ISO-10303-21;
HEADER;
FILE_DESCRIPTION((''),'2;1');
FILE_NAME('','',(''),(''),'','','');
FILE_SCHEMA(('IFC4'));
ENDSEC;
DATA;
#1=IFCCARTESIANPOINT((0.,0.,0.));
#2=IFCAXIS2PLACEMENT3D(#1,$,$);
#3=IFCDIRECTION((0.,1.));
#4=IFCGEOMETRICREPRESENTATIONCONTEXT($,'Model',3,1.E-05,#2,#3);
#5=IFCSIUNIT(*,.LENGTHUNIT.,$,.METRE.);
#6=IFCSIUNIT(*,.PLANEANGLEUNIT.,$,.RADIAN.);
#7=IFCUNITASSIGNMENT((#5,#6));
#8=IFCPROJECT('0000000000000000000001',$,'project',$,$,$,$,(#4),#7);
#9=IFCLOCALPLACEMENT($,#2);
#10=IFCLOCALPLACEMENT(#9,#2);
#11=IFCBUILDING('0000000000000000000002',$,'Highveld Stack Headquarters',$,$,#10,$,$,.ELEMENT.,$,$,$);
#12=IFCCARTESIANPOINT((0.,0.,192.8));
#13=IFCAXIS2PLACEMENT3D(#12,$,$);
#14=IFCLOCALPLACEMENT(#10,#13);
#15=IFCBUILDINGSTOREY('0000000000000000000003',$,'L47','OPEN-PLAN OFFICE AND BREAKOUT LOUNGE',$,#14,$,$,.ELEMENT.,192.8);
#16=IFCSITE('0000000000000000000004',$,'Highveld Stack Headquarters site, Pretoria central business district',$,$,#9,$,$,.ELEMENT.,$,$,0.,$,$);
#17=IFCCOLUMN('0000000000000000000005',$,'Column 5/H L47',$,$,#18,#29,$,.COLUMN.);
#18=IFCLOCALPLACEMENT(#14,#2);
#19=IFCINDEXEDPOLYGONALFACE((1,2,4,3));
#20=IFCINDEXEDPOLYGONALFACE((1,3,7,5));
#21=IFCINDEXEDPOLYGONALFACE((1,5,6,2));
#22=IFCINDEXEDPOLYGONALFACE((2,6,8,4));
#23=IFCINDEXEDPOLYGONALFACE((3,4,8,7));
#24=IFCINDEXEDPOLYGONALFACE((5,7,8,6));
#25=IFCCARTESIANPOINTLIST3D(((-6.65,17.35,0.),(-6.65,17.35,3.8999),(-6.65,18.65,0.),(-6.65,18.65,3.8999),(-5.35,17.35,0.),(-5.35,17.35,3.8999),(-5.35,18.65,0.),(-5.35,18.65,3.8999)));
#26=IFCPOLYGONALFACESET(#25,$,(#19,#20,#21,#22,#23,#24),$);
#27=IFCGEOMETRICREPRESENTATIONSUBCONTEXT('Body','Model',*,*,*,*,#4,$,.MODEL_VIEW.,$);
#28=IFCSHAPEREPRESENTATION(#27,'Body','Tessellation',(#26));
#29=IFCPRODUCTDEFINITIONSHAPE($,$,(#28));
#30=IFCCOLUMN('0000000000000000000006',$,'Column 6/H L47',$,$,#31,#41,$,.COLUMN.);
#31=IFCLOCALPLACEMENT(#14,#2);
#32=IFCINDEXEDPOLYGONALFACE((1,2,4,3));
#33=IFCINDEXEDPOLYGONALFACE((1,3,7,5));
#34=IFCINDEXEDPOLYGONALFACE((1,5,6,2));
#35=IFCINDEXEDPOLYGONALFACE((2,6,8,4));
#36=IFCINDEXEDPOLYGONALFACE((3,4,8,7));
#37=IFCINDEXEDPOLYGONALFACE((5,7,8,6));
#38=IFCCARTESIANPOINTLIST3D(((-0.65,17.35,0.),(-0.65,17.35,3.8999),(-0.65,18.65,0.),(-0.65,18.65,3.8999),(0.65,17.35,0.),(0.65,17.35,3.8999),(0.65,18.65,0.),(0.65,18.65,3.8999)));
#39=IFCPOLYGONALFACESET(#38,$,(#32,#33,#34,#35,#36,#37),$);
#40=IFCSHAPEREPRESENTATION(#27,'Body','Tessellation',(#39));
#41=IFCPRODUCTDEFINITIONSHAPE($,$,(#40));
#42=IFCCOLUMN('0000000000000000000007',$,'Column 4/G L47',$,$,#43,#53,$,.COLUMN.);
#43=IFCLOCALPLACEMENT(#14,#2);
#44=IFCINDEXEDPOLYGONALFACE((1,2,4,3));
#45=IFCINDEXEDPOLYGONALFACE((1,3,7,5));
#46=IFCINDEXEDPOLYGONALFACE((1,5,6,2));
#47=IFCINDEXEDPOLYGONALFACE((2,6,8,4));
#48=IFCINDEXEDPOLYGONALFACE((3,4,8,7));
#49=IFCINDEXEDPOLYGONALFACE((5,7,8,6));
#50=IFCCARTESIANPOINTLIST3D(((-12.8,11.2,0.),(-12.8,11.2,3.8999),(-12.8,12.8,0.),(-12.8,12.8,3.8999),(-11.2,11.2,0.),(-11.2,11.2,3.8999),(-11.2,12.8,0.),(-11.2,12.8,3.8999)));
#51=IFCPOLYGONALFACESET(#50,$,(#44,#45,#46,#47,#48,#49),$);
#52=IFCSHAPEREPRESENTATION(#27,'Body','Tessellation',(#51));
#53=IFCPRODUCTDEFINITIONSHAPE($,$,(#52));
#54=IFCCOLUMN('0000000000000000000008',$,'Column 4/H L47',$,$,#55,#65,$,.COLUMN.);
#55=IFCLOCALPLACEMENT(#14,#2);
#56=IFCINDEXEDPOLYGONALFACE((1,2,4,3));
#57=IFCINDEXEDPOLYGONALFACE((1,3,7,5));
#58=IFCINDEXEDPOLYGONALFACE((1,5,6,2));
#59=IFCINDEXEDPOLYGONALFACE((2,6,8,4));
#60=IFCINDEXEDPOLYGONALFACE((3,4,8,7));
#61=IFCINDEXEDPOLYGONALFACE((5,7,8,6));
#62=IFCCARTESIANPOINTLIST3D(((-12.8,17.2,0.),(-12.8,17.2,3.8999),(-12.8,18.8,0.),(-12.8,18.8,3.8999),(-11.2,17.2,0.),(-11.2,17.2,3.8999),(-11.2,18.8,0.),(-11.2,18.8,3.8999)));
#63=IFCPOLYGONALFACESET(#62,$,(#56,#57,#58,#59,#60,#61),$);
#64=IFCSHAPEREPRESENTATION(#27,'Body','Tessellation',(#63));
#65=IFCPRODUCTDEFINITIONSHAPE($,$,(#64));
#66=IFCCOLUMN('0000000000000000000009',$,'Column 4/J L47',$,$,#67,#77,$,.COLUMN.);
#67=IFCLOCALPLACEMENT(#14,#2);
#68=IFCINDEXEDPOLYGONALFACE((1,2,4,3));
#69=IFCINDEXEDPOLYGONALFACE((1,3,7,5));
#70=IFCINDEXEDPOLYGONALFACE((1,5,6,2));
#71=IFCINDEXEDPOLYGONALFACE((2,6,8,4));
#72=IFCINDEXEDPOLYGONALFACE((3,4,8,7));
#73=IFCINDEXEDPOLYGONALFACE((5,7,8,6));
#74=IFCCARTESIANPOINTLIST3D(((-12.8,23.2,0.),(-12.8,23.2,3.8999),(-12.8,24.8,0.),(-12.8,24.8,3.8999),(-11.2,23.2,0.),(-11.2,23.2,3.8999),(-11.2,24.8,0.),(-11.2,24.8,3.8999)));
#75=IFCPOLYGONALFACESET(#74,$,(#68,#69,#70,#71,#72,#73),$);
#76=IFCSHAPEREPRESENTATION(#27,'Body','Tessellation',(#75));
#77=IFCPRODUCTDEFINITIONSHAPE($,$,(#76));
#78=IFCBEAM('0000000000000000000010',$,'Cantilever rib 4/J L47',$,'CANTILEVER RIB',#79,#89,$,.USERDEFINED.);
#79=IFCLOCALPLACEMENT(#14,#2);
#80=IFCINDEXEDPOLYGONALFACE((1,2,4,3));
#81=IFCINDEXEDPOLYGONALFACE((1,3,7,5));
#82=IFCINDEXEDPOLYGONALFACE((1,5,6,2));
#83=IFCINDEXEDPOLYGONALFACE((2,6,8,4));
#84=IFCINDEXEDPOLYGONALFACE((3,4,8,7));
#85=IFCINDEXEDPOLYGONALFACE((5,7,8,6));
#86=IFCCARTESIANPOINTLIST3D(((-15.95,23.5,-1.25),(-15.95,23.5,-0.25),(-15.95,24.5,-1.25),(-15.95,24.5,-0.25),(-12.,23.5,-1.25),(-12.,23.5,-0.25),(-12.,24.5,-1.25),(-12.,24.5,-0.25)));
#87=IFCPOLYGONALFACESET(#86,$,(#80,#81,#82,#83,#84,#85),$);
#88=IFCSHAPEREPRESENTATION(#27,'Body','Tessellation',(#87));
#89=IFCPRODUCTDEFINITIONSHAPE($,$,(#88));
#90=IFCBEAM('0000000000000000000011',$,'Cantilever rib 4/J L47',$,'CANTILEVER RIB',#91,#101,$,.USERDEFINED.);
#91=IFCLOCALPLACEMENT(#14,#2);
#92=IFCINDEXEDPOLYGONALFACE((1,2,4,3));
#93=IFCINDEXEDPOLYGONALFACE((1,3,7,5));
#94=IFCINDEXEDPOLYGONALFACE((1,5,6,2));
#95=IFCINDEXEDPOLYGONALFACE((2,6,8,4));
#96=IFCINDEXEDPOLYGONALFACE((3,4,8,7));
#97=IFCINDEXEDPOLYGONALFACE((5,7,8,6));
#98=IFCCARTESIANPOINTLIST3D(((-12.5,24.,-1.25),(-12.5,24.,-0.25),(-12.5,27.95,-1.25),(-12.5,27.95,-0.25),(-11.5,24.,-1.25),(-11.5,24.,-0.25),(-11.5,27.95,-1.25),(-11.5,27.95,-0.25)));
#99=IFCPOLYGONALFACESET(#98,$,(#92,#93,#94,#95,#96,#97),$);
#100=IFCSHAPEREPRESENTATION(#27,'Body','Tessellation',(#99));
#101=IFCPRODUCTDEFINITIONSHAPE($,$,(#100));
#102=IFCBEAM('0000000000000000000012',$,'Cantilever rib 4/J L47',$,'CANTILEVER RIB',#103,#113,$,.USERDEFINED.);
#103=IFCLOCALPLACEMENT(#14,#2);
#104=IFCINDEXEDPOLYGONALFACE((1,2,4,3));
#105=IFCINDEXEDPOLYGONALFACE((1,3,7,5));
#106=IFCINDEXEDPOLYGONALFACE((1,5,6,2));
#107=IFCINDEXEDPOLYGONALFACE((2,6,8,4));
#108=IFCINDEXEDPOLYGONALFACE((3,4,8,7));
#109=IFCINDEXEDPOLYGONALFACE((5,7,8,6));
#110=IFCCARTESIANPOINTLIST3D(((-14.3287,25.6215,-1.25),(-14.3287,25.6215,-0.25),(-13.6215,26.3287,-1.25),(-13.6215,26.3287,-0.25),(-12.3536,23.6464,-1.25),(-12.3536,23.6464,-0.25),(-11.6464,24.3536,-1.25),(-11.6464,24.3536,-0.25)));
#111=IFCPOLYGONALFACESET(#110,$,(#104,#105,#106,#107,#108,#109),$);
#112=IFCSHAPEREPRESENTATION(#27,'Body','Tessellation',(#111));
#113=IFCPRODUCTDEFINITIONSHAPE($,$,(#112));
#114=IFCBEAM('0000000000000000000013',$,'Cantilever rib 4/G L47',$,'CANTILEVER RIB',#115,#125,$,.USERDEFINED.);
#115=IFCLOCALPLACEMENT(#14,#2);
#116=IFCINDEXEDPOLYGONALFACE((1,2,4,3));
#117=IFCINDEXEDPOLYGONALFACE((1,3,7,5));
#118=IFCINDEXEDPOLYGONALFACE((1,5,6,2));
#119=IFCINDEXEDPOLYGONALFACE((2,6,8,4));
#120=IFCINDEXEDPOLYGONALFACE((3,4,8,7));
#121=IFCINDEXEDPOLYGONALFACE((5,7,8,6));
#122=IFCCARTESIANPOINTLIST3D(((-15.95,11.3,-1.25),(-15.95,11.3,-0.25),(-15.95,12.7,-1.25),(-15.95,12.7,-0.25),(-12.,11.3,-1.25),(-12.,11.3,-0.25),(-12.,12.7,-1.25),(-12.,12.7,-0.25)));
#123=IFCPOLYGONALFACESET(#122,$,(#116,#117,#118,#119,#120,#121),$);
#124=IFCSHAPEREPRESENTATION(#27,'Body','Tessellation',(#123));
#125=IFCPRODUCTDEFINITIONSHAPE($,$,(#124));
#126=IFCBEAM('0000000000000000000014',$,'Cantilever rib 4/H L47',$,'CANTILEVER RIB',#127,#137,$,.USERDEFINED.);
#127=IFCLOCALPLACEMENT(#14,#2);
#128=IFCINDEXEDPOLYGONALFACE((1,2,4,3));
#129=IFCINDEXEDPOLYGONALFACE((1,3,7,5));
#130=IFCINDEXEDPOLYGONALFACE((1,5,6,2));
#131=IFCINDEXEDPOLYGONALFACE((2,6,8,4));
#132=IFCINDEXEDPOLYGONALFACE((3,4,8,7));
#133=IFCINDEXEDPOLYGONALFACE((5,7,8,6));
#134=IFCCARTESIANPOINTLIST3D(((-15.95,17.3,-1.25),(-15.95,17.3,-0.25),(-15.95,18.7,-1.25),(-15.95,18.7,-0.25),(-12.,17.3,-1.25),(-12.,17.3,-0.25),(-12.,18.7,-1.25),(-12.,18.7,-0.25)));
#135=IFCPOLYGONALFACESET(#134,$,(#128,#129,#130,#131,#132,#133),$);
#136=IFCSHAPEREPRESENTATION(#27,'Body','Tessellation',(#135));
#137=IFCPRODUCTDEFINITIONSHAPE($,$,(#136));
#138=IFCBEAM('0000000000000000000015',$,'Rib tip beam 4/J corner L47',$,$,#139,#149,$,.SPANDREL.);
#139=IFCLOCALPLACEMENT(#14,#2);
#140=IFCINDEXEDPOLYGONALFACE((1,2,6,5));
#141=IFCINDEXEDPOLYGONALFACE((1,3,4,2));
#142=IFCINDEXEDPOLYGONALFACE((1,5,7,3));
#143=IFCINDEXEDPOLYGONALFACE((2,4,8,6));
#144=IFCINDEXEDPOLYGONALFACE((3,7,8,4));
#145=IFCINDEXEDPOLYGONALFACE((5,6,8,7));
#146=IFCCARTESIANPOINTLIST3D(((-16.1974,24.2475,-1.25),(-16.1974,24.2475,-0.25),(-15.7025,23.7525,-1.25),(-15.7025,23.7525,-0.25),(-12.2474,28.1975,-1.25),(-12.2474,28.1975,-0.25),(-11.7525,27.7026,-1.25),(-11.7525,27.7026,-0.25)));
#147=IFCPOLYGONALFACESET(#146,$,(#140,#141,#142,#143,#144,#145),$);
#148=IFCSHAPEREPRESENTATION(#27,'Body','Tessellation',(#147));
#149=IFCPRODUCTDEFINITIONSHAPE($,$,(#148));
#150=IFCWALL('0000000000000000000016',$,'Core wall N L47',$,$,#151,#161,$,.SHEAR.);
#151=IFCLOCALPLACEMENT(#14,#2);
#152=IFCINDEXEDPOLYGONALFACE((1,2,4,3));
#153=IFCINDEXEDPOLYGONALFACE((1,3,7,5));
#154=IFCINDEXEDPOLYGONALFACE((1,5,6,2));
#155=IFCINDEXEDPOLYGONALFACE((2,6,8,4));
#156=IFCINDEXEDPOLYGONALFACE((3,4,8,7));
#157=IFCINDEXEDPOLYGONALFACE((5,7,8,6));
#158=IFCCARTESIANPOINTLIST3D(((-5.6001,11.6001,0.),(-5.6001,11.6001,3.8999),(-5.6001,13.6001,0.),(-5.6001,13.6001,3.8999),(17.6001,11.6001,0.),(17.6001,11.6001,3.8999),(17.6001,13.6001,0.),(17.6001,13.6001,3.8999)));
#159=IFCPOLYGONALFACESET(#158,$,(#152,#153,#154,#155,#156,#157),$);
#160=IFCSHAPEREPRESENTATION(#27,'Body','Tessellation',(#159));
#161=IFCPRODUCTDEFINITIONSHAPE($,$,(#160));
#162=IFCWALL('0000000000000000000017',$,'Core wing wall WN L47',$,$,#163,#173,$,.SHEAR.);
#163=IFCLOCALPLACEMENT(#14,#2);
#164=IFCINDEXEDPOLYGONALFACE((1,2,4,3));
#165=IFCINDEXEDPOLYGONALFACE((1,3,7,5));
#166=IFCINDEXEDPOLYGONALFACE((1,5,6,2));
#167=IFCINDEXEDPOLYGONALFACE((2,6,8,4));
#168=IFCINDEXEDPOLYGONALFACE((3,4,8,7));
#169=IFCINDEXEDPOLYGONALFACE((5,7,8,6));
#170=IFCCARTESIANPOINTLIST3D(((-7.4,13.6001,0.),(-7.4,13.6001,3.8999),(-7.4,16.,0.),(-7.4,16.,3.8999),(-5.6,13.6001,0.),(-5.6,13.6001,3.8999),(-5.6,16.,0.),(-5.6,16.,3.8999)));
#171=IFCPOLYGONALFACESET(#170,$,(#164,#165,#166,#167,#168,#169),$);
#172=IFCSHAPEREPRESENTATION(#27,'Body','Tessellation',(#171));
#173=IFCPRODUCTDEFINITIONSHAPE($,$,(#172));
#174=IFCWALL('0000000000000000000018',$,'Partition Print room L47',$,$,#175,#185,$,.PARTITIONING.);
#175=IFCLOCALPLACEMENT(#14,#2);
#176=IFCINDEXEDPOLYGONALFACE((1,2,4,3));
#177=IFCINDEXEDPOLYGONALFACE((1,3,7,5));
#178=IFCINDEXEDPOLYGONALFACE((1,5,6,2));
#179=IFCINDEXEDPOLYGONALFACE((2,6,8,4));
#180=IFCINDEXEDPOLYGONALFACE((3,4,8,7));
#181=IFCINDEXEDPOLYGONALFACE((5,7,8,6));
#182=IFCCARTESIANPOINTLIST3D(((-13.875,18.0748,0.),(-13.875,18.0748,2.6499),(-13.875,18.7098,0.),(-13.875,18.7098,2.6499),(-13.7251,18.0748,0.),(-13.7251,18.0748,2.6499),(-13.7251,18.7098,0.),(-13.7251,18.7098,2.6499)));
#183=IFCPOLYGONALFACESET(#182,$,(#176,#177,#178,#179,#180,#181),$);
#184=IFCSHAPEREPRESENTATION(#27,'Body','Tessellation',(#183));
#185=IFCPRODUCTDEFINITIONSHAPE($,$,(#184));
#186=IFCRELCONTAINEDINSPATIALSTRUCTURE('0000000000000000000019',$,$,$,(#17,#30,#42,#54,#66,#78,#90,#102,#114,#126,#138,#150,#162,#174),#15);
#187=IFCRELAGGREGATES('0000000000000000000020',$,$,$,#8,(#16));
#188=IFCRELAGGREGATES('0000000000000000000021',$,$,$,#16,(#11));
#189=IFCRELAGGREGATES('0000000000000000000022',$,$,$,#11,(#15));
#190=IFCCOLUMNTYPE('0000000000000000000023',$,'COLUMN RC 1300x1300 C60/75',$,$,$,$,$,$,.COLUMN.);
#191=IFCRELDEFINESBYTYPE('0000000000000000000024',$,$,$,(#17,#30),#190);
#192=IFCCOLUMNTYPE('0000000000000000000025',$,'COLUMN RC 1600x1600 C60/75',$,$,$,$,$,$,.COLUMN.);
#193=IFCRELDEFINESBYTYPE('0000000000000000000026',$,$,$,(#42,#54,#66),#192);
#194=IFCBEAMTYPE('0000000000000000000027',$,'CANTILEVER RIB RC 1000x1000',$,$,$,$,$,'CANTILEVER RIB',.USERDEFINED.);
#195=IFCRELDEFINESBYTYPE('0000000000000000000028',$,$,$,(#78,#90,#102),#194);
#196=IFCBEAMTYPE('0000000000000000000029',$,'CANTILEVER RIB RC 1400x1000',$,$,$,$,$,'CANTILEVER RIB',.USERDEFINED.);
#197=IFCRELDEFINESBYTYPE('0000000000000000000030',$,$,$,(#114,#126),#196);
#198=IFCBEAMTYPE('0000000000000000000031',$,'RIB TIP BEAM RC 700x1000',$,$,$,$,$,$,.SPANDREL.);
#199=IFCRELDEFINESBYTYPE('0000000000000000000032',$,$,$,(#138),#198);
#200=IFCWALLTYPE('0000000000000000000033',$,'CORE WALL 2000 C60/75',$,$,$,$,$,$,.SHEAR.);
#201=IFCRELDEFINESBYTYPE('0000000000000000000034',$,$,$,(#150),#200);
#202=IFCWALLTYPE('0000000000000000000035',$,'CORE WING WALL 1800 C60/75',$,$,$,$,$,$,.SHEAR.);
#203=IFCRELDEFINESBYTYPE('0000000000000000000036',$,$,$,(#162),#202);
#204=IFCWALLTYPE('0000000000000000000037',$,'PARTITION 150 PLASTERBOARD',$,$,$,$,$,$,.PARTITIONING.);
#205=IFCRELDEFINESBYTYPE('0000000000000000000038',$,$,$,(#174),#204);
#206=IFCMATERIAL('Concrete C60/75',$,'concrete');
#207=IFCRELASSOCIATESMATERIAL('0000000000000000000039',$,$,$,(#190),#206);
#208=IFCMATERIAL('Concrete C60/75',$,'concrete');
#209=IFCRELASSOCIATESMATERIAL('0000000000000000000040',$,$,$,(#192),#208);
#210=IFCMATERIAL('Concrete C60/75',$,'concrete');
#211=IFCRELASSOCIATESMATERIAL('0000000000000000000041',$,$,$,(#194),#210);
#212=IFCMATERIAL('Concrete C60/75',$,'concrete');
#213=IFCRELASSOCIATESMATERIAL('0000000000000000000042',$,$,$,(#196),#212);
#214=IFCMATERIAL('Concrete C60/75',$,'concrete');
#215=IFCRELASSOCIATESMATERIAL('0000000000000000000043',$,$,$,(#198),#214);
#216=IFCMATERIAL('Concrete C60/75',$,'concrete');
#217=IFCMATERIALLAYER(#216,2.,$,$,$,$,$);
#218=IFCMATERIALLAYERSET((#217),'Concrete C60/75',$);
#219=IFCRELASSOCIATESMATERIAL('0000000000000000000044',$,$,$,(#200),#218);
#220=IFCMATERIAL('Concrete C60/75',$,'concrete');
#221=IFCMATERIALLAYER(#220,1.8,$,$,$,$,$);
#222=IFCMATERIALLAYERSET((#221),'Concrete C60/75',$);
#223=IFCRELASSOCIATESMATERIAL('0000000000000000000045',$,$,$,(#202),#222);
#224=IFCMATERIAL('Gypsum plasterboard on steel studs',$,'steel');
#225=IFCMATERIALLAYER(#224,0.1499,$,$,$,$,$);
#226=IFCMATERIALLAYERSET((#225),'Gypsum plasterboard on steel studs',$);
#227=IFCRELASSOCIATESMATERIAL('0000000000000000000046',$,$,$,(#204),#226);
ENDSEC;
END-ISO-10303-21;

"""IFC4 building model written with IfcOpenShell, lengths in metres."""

from ifc_helpers import new_model, si_unit, direction, frame, frame_2d, origin, origin_2d, place, context, subcontext, project, spatial, rectangle, extrude, material, layer, layer_set, material_profile, profile_set, type_object, element, save


model = new_model("IFC4")

# Units and contexts
model_context = context("Model", 3, precision=1e-05, world=origin(), true_north=direction((0.0, 1.0)))
body_context = subcontext(model_context, "Body", "Model", "MODEL_VIEW")
ifc_project = project(units=[si_unit("LENGTHUNIT", "METRE"), si_unit("PLANEANGLEUNIT", "RADIAN")], contexts=[model_context])

# Site, building, storey
site_placement = place(None, origin())
site = spatial("IfcSite", under=ifc_project, at=site_placement, Name="Highveld Stack Headquarters site, Pretoria central business district", CompositionType="ELEMENT", RefElevation=0.0)
building_placement = place(site_placement, origin())
building = spatial("IfcBuilding", under=site, at=building_placement, Name="Highveld Stack Headquarters", CompositionType="ELEMENT")
storey_placement = place(building_placement, frame((0.0, 0.0, 192.8)))
storey = spatial("IfcBuildingStorey", under=building, at=storey_placement, Name="L47", Description="OPEN-PLAN OFFICE AND BREAKOUT LOUNGE", CompositionType="ELEMENT", Elevation=192.8)

# Columns
ifc_material_1 = material(Name="Concrete C60/75", Category="concrete")
ifc_material_profile_1 = material_profile(ifc_material_1, rectangle(XDim=1.3, YDim=1.3, at=origin_2d()), Name="RC 1300x1300")
ifc_profile_set_1 = profile_set([ifc_material_profile_1], Name="Concrete C60/75")
column_type_1 = type_object("IfcColumnType", Name="COLUMN RC 1300x1300 C60/75", PredefinedType="COLUMN", material=ifc_profile_set_1)
for number, where, z_axis, x_axis, name in (
    (1, (-6.0, 18.0, 0.0), (0.0, 0.0, 1.0), (1.0, 0.0, 0.0), "Column 5/H L47"),
    (2, (0.0, 18.0, 0.0), (0.0, 0.0, 1.0), (1.0, 0.0, 0.0), "Column 6/H L47"),
):
    element("IfcColumn", number, at=place(storey_placement, frame(where, z_axis=z_axis, x_axis=x_axis)), inside=storey, type_object=column_type_1, Name=name, PredefinedType="COLUMN", context=body_context, shape_type="SweptSolid", body=[
        extrude(rectangle(XDim=1.3, YDim=1.3, at=origin_2d()), origin(), (0.0, 0.0, 1.0), 3.8999),
    ])
ifc_material_2 = material(Name="Concrete C60/75", Category="concrete")
ifc_material_profile_2 = material_profile(ifc_material_2, rectangle(XDim=1.6001, YDim=1.6001, at=origin_2d()), Name="RC 1600x1600")
ifc_profile_set_2 = profile_set([ifc_material_profile_2], Name="Concrete C60/75")
column_type_2 = type_object("IfcColumnType", Name="COLUMN RC 1600x1600 C60/75", PredefinedType="COLUMN", material=ifc_profile_set_2)
for number, where, z_axis, x_axis, name in (
    (3, (-12.0, 12.0, 0.0), (0.0, 0.0, 1.0), (1.0, 0.0, 0.0), "Column 4/G L47"),
    (4, (-12.0, 18.0, 0.0), (0.0, 0.0, 1.0), (1.0, 0.0, 0.0), "Column 4/H L47"),
    (5, (-12.0, 24.0, 0.0), (0.0, 0.0, 1.0), (1.0, 0.0, 0.0), "Column 4/J L47"),
):
    element("IfcColumn", number, at=place(storey_placement, frame(where, z_axis=z_axis, x_axis=x_axis)), inside=storey, type_object=column_type_2, Name=name, PredefinedType="COLUMN", context=body_context, shape_type="SweptSolid", body=[
        extrude(rectangle(XDim=1.6001, YDim=1.6001, at=origin_2d()), origin(), (0.0, 0.0, 1.0), 3.8999),
    ])

# Beams
ifc_material_3 = material(Name="Concrete C60/75", Category="concrete")
ifc_material_profile_3 = material_profile(ifc_material_3, rectangle(XDim=1.0, YDim=1.0, at=origin_2d()), Name="RC 1000x1000")
ifc_profile_set_3 = profile_set([ifc_material_profile_3], Name="Concrete C60/75")
beam_type_1 = type_object("IfcBeamType", Name="CANTILEVER RIB RC 1000x1000", ElementType="CANTILEVER RIB", PredefinedType="USERDEFINED", material=ifc_profile_set_3)
for number, where, z_axis, x_axis, name in (
    (6, (-12.0, 24.0, -0.75), (-1.0, 0.0, 0.0), (0.0, -1.0, 0.0), "Cantilever rib 4/J L47"),
    (7, (-12.0, 24.0, -0.75), (0.0, 1.0, 0.0), (-1.0, 0.0, 0.0), "Cantilever rib 4/J L47"),
):
    element("IfcBeam", number, at=place(storey_placement, frame(where, z_axis=z_axis, x_axis=x_axis)), inside=storey, type_object=beam_type_1, Name=name, ObjectType="CANTILEVER RIB", PredefinedType="USERDEFINED", context=body_context, shape_type="SweptSolid", body=[
        extrude(rectangle(XDim=1.0, YDim=1.0, at=origin_2d()), origin(), (0.0, 0.0, 1.0), 3.95),
    ])
beam_1_placement = place(storey_placement, frame((-12.0, 24.0, -0.75), z_axis=(-0.707107, 0.707107, 0.0), x_axis=(-0.707107, -0.707107, 0.0)))
element("IfcBeam", 8, at=beam_1_placement, inside=storey, type_object=beam_type_1, Name="Cantilever rib 4/J L47", ObjectType="CANTILEVER RIB", PredefinedType="USERDEFINED", context=body_context, shape_type="SweptSolid", body=[
    extrude(rectangle(XDim=1.0, YDim=1.0, at=origin_2d()), origin(), (0.0, 0.0, 1.0), 2.7932),
])
ifc_material_4 = material(Name="Concrete C60/75", Category="concrete")
ifc_material_profile_4 = material_profile(ifc_material_4, rectangle(XDim=1.3999, YDim=1.0, at=origin_2d()), Name="RC 1400x1000")
ifc_profile_set_4 = profile_set([ifc_material_profile_4], Name="Concrete C60/75")
beam_type_2 = type_object("IfcBeamType", Name="CANTILEVER RIB RC 1400x1000", ElementType="CANTILEVER RIB", PredefinedType="USERDEFINED", material=ifc_profile_set_4)
for number, where, z_axis, x_axis, name in (
    (9, (-12.0, 12.0, -0.75), (-1.0, 0.0, 0.0), (0.0, -1.0, 0.0), "Cantilever rib 4/G L47"),
    (10, (-12.0, 18.0, -0.75), (-1.0, 0.0, 0.0), (0.0, -1.0, 0.0), "Cantilever rib 4/H L47"),
):
    element("IfcBeam", number, at=place(storey_placement, frame(where, z_axis=z_axis, x_axis=x_axis)), inside=storey, type_object=beam_type_2, Name=name, ObjectType="CANTILEVER RIB", PredefinedType="USERDEFINED", context=body_context, shape_type="SweptSolid", body=[
        extrude(rectangle(XDim=1.3999, YDim=1.0, at=origin_2d()), origin(), (0.0, 0.0, 1.0), 3.95),
    ])
ifc_material_5 = material(Name="Concrete C60/75", Category="concrete")
ifc_material_profile_5 = material_profile(ifc_material_5, rectangle(XDim=0.7, YDim=1.0, at=origin_2d()), Name="RC 700x1000")
ifc_profile_set_5 = profile_set([ifc_material_profile_5], Name="Concrete C60/75")
beam_type_3 = type_object("IfcBeamType", Name="RIB TIP BEAM RC 700x1000", PredefinedType="SPANDREL", material=ifc_profile_set_5)
beam_2_placement = place(storey_placement, frame((-15.95, 24.0, -0.75), z_axis=(0.707107, 0.707107, 0.0), x_axis=(-0.707107, 0.707107, 0.0)))
element("IfcBeam", 11, at=beam_2_placement, inside=storey, type_object=beam_type_3, Name="Rib tip beam 4/J corner L47", PredefinedType="SPANDREL", context=body_context, shape_type="SweptSolid", body=[
    extrude(rectangle(XDim=0.7, YDim=1.0, at=origin_2d()), origin(), (0.0, 0.0, 1.0), 5.5862),
])

# Walls
ifc_material_6 = material(Name="Concrete C60/75", Category="concrete")
ifc_layer_1 = layer(ifc_material_6, 2.0)
ifc_layer_set_1 = layer_set([ifc_layer_1], Name="Concrete C60/75")
wall_type_1 = type_object("IfcWallType", Name="CORE WALL 2000 C60/75", PredefinedType="SHEAR", material=ifc_layer_set_1)
wall_1_placement = place(storey_placement, frame((-5.6001, 12.6001, 0.0), z_axis=(0.0, 0.0, 1.0), x_axis=(1.0, 0.0, 0.0)))
element("IfcWall", 12, at=wall_1_placement, inside=storey, type_object=wall_type_1, Name="Core wall N L47", PredefinedType="SHEAR", context=body_context, shape_type="SweptSolid", body=[
    extrude(rectangle(XDim=23.2002, YDim=2.0, at=frame_2d((11.6001, 0.0))), origin(), (0.0, 0.0, 1.0), 3.8999),
])
ifc_material_7 = material(Name="Concrete C60/75", Category="concrete")
ifc_layer_2 = layer(ifc_material_7, 1.8)
ifc_layer_set_2 = layer_set([ifc_layer_2], Name="Concrete C60/75")
wall_type_2 = type_object("IfcWallType", Name="CORE WING WALL 1800 C60/75", PredefinedType="SHEAR", material=ifc_layer_set_2)
wall_2_placement = place(storey_placement, frame((-6.5, 13.6001, 0.0), z_axis=(0.0, 0.0, 1.0), x_axis=(0.0, 1.0, 0.0)))
element("IfcWall", 13, at=wall_2_placement, inside=storey, type_object=wall_type_2, Name="Core wing wall WN L47", PredefinedType="SHEAR", context=body_context, shape_type="SweptSolid", body=[
    extrude(rectangle(XDim=2.3999, YDim=1.8, at=frame_2d((1.2, 0.0))), origin(), (0.0, 0.0, 1.0), 3.8999),
])
ifc_material_8 = material(Name="Gypsum plasterboard on steel studs", Category="steel")
ifc_layer_3 = layer(ifc_material_8, 0.1499)
ifc_layer_set_3 = layer_set([ifc_layer_3], Name="Gypsum plasterboard on steel studs")
wall_type_3 = type_object("IfcWallType", Name="PARTITION 150 PLASTERBOARD", PredefinedType="PARTITIONING", material=ifc_layer_set_3)
wall_3_placement = place(storey_placement, frame((-13.8, 18.075, 0.0), z_axis=(0.0, 0.0, 1.0), x_axis=(0.0, 1.0, 0.0)))
element("IfcWall", 14, at=wall_3_placement, inside=storey, type_object=wall_type_3, Name="Partition Print room L47", PredefinedType="PARTITIONING", context=body_context, shape_type="SweptSolid", body=[
    extrude(rectangle(XDim=0.635, YDim=0.1499, at=frame_2d((0.3174, 0.0))), origin(), (0.0, 0.0, 1.0), 2.6499),
])

save(model, "model.ifc")
